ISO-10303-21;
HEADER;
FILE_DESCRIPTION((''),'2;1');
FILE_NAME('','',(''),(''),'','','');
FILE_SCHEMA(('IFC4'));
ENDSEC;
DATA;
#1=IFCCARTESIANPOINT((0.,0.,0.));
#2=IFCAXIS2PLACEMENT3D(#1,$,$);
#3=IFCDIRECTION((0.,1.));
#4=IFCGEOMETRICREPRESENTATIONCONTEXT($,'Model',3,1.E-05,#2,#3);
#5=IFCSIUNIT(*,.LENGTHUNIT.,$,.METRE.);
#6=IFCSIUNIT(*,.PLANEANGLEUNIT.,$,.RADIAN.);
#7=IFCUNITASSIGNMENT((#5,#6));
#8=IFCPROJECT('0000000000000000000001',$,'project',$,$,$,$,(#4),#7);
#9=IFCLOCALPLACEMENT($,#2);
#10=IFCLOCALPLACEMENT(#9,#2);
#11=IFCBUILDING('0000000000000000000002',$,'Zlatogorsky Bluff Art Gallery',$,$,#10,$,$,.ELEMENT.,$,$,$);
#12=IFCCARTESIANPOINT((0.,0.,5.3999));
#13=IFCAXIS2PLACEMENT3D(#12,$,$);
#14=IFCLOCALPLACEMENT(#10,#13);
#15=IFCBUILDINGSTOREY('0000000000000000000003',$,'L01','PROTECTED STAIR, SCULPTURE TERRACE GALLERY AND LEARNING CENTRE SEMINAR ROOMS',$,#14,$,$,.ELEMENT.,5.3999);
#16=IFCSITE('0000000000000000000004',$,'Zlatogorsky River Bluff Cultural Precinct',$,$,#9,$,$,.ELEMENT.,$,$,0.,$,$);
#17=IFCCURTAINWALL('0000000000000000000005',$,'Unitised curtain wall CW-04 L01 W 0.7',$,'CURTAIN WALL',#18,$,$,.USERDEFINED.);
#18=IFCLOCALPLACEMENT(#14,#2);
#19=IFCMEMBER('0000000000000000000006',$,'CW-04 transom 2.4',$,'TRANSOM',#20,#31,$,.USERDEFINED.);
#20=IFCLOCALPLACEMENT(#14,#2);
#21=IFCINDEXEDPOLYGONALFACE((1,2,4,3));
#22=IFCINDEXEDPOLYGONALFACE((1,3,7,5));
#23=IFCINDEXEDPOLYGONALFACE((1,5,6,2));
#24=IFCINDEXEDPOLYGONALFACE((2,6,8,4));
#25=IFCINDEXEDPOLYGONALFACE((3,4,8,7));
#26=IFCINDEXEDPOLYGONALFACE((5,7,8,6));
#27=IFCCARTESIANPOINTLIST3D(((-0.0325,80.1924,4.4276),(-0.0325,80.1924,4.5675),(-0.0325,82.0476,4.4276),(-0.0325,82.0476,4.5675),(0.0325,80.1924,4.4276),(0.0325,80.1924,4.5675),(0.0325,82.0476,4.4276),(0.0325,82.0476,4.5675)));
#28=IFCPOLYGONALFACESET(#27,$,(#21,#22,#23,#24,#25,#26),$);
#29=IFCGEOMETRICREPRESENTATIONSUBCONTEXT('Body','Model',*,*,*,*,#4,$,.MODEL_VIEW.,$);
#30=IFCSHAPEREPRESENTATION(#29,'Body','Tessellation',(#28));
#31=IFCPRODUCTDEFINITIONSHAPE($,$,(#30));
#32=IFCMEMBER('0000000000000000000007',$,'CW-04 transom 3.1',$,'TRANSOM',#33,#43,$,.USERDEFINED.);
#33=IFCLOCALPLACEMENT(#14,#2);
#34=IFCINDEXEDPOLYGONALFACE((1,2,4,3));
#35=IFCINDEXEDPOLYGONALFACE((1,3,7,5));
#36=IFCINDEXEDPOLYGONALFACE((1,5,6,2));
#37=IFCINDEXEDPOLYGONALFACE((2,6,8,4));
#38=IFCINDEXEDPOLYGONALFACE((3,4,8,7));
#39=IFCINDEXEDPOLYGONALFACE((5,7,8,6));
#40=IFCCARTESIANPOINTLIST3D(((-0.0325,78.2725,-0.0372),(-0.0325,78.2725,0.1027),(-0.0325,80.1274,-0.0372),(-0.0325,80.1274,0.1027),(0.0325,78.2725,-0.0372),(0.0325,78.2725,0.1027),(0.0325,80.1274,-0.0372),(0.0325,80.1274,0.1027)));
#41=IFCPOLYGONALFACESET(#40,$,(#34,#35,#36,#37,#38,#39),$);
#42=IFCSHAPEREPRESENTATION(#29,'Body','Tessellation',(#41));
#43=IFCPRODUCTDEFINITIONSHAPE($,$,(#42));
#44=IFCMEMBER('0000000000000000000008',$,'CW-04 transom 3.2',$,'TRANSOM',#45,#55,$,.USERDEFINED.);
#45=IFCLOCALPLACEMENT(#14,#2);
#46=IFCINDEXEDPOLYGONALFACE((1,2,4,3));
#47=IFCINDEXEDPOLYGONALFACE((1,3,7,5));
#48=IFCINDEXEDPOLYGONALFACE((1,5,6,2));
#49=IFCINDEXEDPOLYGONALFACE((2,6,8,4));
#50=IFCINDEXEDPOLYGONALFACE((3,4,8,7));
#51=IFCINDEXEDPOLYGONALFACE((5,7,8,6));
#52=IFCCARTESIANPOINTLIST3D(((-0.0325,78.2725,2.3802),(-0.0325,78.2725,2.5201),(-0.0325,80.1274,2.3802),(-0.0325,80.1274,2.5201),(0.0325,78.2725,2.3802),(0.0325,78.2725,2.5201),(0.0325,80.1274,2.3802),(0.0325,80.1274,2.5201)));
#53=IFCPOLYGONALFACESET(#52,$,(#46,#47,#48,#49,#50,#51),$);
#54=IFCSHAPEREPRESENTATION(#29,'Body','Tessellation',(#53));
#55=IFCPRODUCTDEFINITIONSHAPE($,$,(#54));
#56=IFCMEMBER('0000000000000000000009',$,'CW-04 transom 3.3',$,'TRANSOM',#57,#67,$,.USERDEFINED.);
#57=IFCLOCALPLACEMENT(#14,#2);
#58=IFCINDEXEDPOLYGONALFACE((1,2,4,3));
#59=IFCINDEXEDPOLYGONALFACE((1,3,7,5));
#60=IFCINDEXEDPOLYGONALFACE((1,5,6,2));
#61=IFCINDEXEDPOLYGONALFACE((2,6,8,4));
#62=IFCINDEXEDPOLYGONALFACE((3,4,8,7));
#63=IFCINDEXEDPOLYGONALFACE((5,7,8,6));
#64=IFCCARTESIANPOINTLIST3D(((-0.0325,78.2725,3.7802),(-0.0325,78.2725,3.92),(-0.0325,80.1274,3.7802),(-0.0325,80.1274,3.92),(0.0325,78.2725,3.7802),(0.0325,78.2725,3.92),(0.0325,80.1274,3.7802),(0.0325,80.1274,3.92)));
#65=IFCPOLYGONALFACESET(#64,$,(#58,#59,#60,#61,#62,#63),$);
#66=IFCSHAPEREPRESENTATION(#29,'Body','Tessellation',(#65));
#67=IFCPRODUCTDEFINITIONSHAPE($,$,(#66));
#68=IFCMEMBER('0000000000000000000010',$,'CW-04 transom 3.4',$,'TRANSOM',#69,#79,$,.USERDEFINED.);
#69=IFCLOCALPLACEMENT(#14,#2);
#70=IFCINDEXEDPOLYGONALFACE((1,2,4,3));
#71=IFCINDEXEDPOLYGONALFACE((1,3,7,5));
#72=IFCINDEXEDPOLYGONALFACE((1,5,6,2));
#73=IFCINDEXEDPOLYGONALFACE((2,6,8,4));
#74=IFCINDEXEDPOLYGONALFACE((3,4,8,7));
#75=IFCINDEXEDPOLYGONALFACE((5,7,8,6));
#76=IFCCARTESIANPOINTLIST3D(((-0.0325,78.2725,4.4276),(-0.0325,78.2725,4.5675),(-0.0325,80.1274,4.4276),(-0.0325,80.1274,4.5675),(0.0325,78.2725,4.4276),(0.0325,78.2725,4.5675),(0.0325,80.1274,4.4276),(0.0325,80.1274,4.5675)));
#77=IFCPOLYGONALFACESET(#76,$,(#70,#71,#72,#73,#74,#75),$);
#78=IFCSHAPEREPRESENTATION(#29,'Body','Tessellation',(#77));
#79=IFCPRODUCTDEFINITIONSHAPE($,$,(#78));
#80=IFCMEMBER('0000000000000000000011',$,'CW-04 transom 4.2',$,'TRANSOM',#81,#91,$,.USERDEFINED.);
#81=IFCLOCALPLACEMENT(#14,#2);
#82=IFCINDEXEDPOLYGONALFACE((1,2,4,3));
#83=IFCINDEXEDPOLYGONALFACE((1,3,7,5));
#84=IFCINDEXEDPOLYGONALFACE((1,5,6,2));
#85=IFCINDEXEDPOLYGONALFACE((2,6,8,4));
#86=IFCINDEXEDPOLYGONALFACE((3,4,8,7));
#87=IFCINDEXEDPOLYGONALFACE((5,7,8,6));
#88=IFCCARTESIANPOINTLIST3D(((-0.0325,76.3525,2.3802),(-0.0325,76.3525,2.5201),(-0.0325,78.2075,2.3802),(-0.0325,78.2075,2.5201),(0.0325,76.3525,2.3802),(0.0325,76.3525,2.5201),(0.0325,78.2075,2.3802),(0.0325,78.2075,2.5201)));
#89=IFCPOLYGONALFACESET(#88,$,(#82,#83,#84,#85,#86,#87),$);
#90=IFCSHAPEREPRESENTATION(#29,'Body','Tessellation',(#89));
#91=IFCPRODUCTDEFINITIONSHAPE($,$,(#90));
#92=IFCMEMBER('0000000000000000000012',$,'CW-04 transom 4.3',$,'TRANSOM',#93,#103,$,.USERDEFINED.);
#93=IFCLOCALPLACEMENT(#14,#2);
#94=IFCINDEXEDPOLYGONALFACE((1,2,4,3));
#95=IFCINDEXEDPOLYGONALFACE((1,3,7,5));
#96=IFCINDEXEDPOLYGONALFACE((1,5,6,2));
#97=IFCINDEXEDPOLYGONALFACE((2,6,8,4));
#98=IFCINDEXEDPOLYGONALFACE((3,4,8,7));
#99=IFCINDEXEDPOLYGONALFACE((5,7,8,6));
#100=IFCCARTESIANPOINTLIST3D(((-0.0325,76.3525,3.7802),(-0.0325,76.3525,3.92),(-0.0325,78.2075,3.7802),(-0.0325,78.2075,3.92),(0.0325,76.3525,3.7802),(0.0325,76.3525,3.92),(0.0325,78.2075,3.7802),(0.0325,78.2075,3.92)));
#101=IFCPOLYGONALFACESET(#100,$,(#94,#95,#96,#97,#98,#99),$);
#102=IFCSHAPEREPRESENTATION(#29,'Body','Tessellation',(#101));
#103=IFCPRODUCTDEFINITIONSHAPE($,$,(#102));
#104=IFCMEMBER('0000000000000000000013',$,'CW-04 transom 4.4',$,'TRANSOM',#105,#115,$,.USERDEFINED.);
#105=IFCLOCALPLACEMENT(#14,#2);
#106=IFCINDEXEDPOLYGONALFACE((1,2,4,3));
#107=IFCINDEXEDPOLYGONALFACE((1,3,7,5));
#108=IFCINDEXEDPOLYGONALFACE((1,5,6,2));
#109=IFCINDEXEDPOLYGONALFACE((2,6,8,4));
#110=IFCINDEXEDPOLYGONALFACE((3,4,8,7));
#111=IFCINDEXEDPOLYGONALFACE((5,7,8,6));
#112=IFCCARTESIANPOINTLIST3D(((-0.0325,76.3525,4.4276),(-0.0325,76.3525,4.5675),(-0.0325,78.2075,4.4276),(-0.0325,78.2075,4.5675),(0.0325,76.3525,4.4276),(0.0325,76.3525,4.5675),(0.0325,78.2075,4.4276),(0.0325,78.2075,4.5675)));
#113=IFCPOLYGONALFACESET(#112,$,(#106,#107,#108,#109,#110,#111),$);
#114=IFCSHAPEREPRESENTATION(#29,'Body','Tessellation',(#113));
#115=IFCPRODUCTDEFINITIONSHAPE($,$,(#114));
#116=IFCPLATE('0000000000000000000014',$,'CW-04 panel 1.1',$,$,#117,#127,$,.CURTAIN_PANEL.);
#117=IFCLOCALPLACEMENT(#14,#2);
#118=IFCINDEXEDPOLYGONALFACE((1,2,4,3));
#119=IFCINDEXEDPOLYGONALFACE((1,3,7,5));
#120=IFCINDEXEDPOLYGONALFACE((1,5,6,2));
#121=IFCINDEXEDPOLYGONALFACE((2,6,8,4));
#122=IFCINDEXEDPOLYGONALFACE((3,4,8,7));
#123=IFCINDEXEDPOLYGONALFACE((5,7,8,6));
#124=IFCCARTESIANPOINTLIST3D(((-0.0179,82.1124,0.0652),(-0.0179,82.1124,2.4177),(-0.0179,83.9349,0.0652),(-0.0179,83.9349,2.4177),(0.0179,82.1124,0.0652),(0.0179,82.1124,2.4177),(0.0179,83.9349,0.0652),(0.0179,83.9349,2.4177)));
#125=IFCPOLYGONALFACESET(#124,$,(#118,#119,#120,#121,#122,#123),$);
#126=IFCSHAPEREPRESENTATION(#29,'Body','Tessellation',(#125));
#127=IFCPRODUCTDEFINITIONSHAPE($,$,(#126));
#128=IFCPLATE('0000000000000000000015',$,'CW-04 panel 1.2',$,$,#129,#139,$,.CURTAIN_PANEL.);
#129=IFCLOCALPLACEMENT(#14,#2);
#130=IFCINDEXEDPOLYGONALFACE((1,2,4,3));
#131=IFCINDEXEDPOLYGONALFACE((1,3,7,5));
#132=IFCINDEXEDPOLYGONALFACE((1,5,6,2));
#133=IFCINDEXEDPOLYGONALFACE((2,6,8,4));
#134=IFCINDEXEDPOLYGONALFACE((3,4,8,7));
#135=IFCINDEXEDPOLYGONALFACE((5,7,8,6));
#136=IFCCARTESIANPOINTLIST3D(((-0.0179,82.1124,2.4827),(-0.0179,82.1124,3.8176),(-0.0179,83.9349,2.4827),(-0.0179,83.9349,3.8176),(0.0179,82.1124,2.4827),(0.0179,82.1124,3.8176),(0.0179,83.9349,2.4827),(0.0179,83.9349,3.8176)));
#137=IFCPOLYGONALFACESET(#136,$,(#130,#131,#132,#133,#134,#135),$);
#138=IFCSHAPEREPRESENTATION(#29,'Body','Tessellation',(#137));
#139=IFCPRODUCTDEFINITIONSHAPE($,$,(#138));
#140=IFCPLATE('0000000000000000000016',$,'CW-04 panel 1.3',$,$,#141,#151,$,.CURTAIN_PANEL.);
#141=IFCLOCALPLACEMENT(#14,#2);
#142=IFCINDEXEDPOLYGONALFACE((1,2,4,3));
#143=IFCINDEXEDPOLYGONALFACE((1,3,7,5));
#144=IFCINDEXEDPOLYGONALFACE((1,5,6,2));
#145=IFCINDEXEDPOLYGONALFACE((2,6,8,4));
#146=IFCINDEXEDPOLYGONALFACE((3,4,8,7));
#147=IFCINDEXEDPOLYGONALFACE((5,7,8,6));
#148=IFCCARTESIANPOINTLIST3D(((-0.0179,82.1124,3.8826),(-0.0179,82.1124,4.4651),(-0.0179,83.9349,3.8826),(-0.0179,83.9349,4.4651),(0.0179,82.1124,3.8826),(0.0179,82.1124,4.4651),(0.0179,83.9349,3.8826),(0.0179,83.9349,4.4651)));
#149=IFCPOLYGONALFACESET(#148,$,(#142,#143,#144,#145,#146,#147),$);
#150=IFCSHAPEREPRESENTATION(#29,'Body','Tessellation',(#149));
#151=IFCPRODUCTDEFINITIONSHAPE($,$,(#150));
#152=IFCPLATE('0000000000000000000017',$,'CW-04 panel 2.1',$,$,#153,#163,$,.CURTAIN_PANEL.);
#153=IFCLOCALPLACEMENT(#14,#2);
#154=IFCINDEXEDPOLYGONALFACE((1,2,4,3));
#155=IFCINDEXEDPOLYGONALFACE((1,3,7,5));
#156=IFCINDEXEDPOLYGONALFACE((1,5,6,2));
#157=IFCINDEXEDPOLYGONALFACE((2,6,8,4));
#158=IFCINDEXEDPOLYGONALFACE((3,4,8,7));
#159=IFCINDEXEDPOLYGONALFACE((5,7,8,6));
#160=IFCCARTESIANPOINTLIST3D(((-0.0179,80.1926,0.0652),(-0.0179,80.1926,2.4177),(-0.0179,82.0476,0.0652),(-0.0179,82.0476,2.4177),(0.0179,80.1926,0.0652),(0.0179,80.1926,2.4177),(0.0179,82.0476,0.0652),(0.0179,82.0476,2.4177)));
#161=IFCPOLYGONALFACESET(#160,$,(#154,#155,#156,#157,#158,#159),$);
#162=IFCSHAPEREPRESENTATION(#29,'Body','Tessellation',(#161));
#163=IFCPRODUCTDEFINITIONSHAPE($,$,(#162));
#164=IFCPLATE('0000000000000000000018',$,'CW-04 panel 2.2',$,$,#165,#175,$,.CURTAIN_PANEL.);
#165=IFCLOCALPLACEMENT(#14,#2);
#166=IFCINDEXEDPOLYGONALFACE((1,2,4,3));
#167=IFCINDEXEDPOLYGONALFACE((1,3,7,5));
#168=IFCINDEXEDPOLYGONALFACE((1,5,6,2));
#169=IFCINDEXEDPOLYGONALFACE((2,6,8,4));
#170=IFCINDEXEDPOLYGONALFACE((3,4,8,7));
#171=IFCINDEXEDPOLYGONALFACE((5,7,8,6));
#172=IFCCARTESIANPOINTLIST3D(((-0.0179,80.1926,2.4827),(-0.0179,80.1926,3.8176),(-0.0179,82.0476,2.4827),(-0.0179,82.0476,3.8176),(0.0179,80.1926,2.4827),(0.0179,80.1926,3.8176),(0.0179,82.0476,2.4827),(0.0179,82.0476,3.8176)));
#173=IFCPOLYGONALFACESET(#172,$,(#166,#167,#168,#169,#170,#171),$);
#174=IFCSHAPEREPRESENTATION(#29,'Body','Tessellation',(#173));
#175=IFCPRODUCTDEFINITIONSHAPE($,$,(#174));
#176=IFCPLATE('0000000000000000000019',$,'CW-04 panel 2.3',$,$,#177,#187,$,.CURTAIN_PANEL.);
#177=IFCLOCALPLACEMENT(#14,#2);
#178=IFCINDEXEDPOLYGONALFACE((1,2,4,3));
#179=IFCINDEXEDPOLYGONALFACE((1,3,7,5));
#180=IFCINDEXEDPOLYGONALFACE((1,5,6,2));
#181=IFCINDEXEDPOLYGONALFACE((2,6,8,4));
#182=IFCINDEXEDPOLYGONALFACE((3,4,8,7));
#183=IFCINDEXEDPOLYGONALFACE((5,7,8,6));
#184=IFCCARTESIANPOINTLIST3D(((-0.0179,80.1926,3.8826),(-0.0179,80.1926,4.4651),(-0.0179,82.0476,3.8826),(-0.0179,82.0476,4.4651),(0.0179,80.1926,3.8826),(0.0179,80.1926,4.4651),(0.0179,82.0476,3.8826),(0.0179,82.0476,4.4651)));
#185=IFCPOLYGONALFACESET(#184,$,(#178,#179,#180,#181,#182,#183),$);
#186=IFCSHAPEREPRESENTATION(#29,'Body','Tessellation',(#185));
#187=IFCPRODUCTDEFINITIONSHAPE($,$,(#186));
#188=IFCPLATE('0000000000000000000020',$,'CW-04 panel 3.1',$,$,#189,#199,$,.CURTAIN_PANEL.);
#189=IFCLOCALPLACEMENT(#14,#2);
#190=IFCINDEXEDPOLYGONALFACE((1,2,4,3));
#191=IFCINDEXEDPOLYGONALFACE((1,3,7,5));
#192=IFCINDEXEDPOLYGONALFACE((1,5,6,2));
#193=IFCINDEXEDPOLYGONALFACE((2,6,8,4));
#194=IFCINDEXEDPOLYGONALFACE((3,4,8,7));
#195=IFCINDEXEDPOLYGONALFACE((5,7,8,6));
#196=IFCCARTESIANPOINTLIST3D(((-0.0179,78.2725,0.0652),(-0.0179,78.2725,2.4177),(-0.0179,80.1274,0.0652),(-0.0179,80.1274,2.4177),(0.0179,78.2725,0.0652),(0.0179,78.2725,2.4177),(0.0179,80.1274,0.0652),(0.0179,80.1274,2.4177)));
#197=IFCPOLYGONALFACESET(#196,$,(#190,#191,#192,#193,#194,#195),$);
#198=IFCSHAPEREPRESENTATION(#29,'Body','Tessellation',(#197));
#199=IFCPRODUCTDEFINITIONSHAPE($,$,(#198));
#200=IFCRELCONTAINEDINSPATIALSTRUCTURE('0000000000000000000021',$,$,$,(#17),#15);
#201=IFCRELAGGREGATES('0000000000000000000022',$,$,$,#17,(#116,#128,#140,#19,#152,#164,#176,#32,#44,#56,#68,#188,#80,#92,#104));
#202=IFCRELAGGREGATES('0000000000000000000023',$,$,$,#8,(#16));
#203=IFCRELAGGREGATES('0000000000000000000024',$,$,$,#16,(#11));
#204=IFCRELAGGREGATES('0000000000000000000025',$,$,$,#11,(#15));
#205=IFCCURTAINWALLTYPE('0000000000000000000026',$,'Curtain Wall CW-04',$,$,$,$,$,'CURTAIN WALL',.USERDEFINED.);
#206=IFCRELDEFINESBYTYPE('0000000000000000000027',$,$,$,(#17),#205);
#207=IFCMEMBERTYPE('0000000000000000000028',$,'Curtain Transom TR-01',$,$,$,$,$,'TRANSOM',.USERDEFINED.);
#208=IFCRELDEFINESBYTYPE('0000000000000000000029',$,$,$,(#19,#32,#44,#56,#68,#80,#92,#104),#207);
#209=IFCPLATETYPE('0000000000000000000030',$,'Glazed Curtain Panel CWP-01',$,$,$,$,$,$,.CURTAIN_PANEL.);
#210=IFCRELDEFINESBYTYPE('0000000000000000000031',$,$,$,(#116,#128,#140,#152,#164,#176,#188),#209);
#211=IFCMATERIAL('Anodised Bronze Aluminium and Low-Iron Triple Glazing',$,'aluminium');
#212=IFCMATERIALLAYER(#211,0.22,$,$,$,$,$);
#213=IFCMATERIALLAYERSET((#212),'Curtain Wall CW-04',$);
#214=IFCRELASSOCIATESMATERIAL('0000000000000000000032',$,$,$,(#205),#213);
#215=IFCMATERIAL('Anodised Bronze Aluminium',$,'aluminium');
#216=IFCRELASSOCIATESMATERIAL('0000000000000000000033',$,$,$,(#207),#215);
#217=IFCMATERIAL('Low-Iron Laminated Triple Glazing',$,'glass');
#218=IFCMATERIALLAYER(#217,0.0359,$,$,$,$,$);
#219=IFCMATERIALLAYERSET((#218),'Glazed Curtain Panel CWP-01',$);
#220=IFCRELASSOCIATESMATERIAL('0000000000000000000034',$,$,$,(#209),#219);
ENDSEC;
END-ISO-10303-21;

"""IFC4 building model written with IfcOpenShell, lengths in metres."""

from ifc_helpers import new_model, si_unit, direction, frame, origin, origin_2d, place, context, subcontext, project, spatial, rectangle, extrude, material, layer, layer_set, material_profile, profile_set, type_object, element, aggregate, save


model = new_model("IFC4")

# Units and contexts
model_context = context("Model", 3, precision=1e-05, world=origin(), true_north=direction((0.0, 1.0)))
body_context = subcontext(model_context, "Body", "Model", "MODEL_VIEW")
ifc_project = project(units=[si_unit("LENGTHUNIT", "METRE"), si_unit("PLANEANGLEUNIT", "RADIAN")], contexts=[model_context])

# Site, building, storey
site_placement = place(None, origin())
site = spatial("IfcSite", under=ifc_project, at=site_placement, Name="Zlatogorsky River Bluff Cultural Precinct", CompositionType="ELEMENT", RefElevation=0.0)
building_placement = place(site_placement, origin())
building = spatial("IfcBuilding", under=site, at=building_placement, Name="Zlatogorsky Bluff Art Gallery", CompositionType="ELEMENT")
storey_placement = place(building_placement, frame((0.0, 0.0, 5.3999)))
storey = spatial("IfcBuildingStorey", under=building, at=storey_placement, Name="L01", Description="PROTECTED STAIR, SCULPTURE TERRACE GALLERY AND LEARNING CENTRE SEMINAR ROOMS", CompositionType="ELEMENT", Elevation=5.3999)

# Curtain wall, members, plates
ifc_material_1 = material(Name="Anodised Bronze Aluminium and Low-Iron Triple Glazing", Category="aluminium")
ifc_layer_1 = layer(ifc_material_1, 0.22)
ifc_layer_set_1 = layer_set([ifc_layer_1], Name="Curtain Wall CW-04")
curtain_wall_type = type_object("IfcCurtainWallType", Name="Curtain Wall CW-04", ElementType="CURTAIN WALL", PredefinedType="USERDEFINED", material=ifc_layer_set_1)
curtain_wall_placement = place(storey_placement, origin())
curtain_wall = element("IfcCurtainWall", 1, at=curtain_wall_placement, inside=storey, type_object=curtain_wall_type, Name="Unitised curtain wall CW-04 L01 W 0.7", ObjectType="CURTAIN WALL", PredefinedType="USERDEFINED")
ifc_material_2 = material(Name="Anodised Bronze Aluminium", Category="aluminium")
ifc_material_profile_1 = material_profile(ifc_material_2, rectangle(XDim=0.0649, YDim=0.1399, at=origin_2d()), Name="ALU TRANSOM 65x140")
ifc_profile_set_1 = profile_set([ifc_material_profile_1], Name="Anodised Bronze Aluminium")
member_type_1 = type_object("IfcMemberType", Name="Curtain Transom TR-01", ElementType="TRANSOM", PredefinedType="USERDEFINED", material=ifc_profile_set_1)
member_1_placement = place(storey_placement, frame((0.0, 82.0476, 4.4976), z_axis=(0.0, -1.0, 0.0), x_axis=(1.0, 0.0, 0.0)))
member_1 = element("IfcMember", 2, at=member_1_placement, type_object=member_type_1, Name="CW-04 transom 2.4", ObjectType="TRANSOM", PredefinedType="USERDEFINED", context=body_context, shape_type="SweptSolid", body=[
    extrude(rectangle(XDim=0.0649, YDim=0.1399, at=origin_2d()), origin(), (0.0, 0.0, 1.0), 1.8552),
])
member_2_placement = place(storey_placement, frame((0.0, 80.1274, 0.0327), z_axis=(0.0, -1.0, 0.0), x_axis=(1.0, 0.0, 0.0)))
member_2 = element("IfcMember", 3, at=member_2_placement, type_object=member_type_1, Name="CW-04 transom 3.1", ObjectType="TRANSOM", PredefinedType="USERDEFINED", context=body_context, shape_type="SweptSolid", body=[
    extrude(rectangle(XDim=0.0649, YDim=0.1399, at=origin_2d()), origin(), (0.0, 0.0, 1.0), 1.855),
])
member_3_placement = place(storey_placement, frame((0.0, 80.1274, 2.4502), z_axis=(0.0, -1.0, 0.0), x_axis=(1.0, 0.0, 0.0)))
member_3 = element("IfcMember", 4, at=member_3_placement, type_object=member_type_1, Name="CW-04 transom 3.2", ObjectType="TRANSOM", PredefinedType="USERDEFINED", context=body_context, shape_type="SweptSolid", body=[
    extrude(rectangle(XDim=0.0649, YDim=0.1399, at=origin_2d()), origin(), (0.0, 0.0, 1.0), 1.855),
])
member_4_placement = place(storey_placement, frame((0.0, 80.1274, 3.8501), z_axis=(0.0, -1.0, 0.0), x_axis=(1.0, 0.0, 0.0)))
member_4 = element("IfcMember", 5, at=member_4_placement, type_object=member_type_1, Name="CW-04 transom 3.3", ObjectType="TRANSOM", PredefinedType="USERDEFINED", context=body_context, shape_type="SweptSolid", body=[
    extrude(rectangle(XDim=0.0649, YDim=0.1399, at=origin_2d()), origin(), (0.0, 0.0, 1.0), 1.855),
])
member_5_placement = place(storey_placement, frame((0.0, 80.1274, 4.4976), z_axis=(0.0, -1.0, 0.0), x_axis=(1.0, 0.0, 0.0)))
member_5 = element("IfcMember", 6, at=member_5_placement, type_object=member_type_1, Name="CW-04 transom 3.4", ObjectType="TRANSOM", PredefinedType="USERDEFINED", context=body_context, shape_type="SweptSolid", body=[
    extrude(rectangle(XDim=0.0649, YDim=0.1399, at=origin_2d()), origin(), (0.0, 0.0, 1.0), 1.855),
])
member_6_placement = place(storey_placement, frame((0.0, 78.2075, 2.4502), z_axis=(0.0, -1.0, 0.0), x_axis=(1.0, 0.0, 0.0)))
member_6 = element("IfcMember", 7, at=member_6_placement, type_object=member_type_1, Name="CW-04 transom 4.2", ObjectType="TRANSOM", PredefinedType="USERDEFINED", context=body_context, shape_type="SweptSolid", body=[
    extrude(rectangle(XDim=0.0649, YDim=0.1399, at=origin_2d()), origin(), (0.0, 0.0, 1.0), 1.855),
])
member_7_placement = place(storey_placement, frame((0.0, 78.2075, 3.8501), z_axis=(0.0, -1.0, 0.0), x_axis=(1.0, 0.0, 0.0)))
member_7 = element("IfcMember", 8, at=member_7_placement, type_object=member_type_1, Name="CW-04 transom 4.3", ObjectType="TRANSOM", PredefinedType="USERDEFINED", context=body_context, shape_type="SweptSolid", body=[
    extrude(rectangle(XDim=0.0649, YDim=0.1399, at=origin_2d()), origin(), (0.0, 0.0, 1.0), 1.855),
])
member_8_placement = place(storey_placement, frame((0.0, 78.2075, 4.4976), z_axis=(0.0, -1.0, 0.0), x_axis=(1.0, 0.0, 0.0)))
member_8 = element("IfcMember", 9, at=member_8_placement, type_object=member_type_1, Name="CW-04 transom 4.4", ObjectType="TRANSOM", PredefinedType="USERDEFINED", context=body_context, shape_type="SweptSolid", body=[
    extrude(rectangle(XDim=0.0649, YDim=0.1399, at=origin_2d()), origin(), (0.0, 0.0, 1.0), 1.855),
])
ifc_material_3 = material(Name="Low-Iron Laminated Triple Glazing", Category="glass")
ifc_layer_2 = layer(ifc_material_3, 0.0359)
ifc_layer_set_2 = layer_set([ifc_layer_2], Name="Glazed Curtain Panel CWP-01")
plate_type = type_object("IfcPlateType", Name="Glazed Curtain Panel CWP-01", PredefinedType="CURTAIN_PANEL", material=ifc_layer_set_2)
plate_1_placement = place(storey_placement, frame((0.0, 83.0237, 0.0652), z_axis=(0.0, 0.0, 1.0), x_axis=(0.0, -1.0, 0.0)))
plate_1 = element("IfcPlate", 10, at=plate_1_placement, type_object=plate_type, Name="CW-04 panel 1.1", PredefinedType="CURTAIN_PANEL", context=body_context, shape_type="SweptSolid", body=[
    extrude(rectangle(XDim=1.8225, YDim=0.0359, at=origin_2d()), origin(), (0.0, 0.0, 1.0), 2.3525),
])
plate_2_placement = place(storey_placement, frame((0.0, 83.0237, 2.4827), z_axis=(0.0, 0.0, 1.0), x_axis=(0.0, -1.0, 0.0)))
plate_2 = element("IfcPlate", 11, at=plate_2_placement, type_object=plate_type, Name="CW-04 panel 1.2", PredefinedType="CURTAIN_PANEL", context=body_context, shape_type="SweptSolid", body=[
    extrude(rectangle(XDim=1.8225, YDim=0.0359, at=origin_2d()), origin(), (0.0, 0.0, 1.0), 1.335),
])
plate_3_placement = place(storey_placement, frame((0.0, 83.0237, 3.8826), z_axis=(0.0, 0.0, 1.0), x_axis=(0.0, -1.0, 0.0)))
plate_3 = element("IfcPlate", 12, at=plate_3_placement, type_object=plate_type, Name="CW-04 panel 1.3", PredefinedType="CURTAIN_PANEL", context=body_context, shape_type="SweptSolid", body=[
    extrude(rectangle(XDim=1.8225, YDim=0.0359, at=origin_2d()), origin(), (0.0, 0.0, 1.0), 0.5825),
])
plate_4_placement = place(storey_placement, frame((0.0, 81.1201, 0.0652), z_axis=(0.0, 0.0, 1.0), x_axis=(0.0, -1.0, 0.0)))
plate_4 = element("IfcPlate", 13, at=plate_4_placement, type_object=plate_type, Name="CW-04 panel 2.1", PredefinedType="CURTAIN_PANEL", context=body_context, shape_type="SweptSolid", body=[
    extrude(rectangle(XDim=1.855, YDim=0.0359, at=origin_2d()), origin(), (0.0, 0.0, 1.0), 2.3525),
])
plate_5_placement = place(storey_placement, frame((0.0, 81.1201, 2.4827), z_axis=(0.0, 0.0, 1.0), x_axis=(0.0, -1.0, 0.0)))
plate_5 = element("IfcPlate", 14, at=plate_5_placement, type_object=plate_type, Name="CW-04 panel 2.2", PredefinedType="CURTAIN_PANEL", context=body_context, shape_type="SweptSolid", body=[
    extrude(rectangle(XDim=1.855, YDim=0.0359, at=origin_2d()), origin(), (0.0, 0.0, 1.0), 1.335),
])
plate_6_placement = place(storey_placement, frame((0.0, 81.1201, 3.8826), z_axis=(0.0, 0.0, 1.0), x_axis=(0.0, -1.0, 0.0)))
plate_6 = element("IfcPlate", 15, at=plate_6_placement, type_object=plate_type, Name="CW-04 panel 2.3", PredefinedType="CURTAIN_PANEL", context=body_context, shape_type="SweptSolid", body=[
    extrude(rectangle(XDim=1.855, YDim=0.0359, at=origin_2d()), origin(), (0.0, 0.0, 1.0), 0.5825),
])
plate_7_placement = place(storey_placement, frame((0.0, 79.2, 0.0652), z_axis=(0.0, 0.0, 1.0), x_axis=(0.0, -1.0, 0.0)))
plate_7 = element("IfcPlate", 16, at=plate_7_placement, type_object=plate_type, Name="CW-04 panel 3.1", PredefinedType="CURTAIN_PANEL", context=body_context, shape_type="SweptSolid", body=[
    extrude(rectangle(XDim=1.855, YDim=0.0359, at=origin_2d()), origin(), (0.0, 0.0, 1.0), 2.3525),
])
aggregate(curtain_wall, [plate_1, plate_2, plate_3, member_1, plate_4, plate_5, plate_6, member_2, member_3, member_4, member_5, plate_7, member_6, member_7, member_8])

save(model, "model.ifc")
